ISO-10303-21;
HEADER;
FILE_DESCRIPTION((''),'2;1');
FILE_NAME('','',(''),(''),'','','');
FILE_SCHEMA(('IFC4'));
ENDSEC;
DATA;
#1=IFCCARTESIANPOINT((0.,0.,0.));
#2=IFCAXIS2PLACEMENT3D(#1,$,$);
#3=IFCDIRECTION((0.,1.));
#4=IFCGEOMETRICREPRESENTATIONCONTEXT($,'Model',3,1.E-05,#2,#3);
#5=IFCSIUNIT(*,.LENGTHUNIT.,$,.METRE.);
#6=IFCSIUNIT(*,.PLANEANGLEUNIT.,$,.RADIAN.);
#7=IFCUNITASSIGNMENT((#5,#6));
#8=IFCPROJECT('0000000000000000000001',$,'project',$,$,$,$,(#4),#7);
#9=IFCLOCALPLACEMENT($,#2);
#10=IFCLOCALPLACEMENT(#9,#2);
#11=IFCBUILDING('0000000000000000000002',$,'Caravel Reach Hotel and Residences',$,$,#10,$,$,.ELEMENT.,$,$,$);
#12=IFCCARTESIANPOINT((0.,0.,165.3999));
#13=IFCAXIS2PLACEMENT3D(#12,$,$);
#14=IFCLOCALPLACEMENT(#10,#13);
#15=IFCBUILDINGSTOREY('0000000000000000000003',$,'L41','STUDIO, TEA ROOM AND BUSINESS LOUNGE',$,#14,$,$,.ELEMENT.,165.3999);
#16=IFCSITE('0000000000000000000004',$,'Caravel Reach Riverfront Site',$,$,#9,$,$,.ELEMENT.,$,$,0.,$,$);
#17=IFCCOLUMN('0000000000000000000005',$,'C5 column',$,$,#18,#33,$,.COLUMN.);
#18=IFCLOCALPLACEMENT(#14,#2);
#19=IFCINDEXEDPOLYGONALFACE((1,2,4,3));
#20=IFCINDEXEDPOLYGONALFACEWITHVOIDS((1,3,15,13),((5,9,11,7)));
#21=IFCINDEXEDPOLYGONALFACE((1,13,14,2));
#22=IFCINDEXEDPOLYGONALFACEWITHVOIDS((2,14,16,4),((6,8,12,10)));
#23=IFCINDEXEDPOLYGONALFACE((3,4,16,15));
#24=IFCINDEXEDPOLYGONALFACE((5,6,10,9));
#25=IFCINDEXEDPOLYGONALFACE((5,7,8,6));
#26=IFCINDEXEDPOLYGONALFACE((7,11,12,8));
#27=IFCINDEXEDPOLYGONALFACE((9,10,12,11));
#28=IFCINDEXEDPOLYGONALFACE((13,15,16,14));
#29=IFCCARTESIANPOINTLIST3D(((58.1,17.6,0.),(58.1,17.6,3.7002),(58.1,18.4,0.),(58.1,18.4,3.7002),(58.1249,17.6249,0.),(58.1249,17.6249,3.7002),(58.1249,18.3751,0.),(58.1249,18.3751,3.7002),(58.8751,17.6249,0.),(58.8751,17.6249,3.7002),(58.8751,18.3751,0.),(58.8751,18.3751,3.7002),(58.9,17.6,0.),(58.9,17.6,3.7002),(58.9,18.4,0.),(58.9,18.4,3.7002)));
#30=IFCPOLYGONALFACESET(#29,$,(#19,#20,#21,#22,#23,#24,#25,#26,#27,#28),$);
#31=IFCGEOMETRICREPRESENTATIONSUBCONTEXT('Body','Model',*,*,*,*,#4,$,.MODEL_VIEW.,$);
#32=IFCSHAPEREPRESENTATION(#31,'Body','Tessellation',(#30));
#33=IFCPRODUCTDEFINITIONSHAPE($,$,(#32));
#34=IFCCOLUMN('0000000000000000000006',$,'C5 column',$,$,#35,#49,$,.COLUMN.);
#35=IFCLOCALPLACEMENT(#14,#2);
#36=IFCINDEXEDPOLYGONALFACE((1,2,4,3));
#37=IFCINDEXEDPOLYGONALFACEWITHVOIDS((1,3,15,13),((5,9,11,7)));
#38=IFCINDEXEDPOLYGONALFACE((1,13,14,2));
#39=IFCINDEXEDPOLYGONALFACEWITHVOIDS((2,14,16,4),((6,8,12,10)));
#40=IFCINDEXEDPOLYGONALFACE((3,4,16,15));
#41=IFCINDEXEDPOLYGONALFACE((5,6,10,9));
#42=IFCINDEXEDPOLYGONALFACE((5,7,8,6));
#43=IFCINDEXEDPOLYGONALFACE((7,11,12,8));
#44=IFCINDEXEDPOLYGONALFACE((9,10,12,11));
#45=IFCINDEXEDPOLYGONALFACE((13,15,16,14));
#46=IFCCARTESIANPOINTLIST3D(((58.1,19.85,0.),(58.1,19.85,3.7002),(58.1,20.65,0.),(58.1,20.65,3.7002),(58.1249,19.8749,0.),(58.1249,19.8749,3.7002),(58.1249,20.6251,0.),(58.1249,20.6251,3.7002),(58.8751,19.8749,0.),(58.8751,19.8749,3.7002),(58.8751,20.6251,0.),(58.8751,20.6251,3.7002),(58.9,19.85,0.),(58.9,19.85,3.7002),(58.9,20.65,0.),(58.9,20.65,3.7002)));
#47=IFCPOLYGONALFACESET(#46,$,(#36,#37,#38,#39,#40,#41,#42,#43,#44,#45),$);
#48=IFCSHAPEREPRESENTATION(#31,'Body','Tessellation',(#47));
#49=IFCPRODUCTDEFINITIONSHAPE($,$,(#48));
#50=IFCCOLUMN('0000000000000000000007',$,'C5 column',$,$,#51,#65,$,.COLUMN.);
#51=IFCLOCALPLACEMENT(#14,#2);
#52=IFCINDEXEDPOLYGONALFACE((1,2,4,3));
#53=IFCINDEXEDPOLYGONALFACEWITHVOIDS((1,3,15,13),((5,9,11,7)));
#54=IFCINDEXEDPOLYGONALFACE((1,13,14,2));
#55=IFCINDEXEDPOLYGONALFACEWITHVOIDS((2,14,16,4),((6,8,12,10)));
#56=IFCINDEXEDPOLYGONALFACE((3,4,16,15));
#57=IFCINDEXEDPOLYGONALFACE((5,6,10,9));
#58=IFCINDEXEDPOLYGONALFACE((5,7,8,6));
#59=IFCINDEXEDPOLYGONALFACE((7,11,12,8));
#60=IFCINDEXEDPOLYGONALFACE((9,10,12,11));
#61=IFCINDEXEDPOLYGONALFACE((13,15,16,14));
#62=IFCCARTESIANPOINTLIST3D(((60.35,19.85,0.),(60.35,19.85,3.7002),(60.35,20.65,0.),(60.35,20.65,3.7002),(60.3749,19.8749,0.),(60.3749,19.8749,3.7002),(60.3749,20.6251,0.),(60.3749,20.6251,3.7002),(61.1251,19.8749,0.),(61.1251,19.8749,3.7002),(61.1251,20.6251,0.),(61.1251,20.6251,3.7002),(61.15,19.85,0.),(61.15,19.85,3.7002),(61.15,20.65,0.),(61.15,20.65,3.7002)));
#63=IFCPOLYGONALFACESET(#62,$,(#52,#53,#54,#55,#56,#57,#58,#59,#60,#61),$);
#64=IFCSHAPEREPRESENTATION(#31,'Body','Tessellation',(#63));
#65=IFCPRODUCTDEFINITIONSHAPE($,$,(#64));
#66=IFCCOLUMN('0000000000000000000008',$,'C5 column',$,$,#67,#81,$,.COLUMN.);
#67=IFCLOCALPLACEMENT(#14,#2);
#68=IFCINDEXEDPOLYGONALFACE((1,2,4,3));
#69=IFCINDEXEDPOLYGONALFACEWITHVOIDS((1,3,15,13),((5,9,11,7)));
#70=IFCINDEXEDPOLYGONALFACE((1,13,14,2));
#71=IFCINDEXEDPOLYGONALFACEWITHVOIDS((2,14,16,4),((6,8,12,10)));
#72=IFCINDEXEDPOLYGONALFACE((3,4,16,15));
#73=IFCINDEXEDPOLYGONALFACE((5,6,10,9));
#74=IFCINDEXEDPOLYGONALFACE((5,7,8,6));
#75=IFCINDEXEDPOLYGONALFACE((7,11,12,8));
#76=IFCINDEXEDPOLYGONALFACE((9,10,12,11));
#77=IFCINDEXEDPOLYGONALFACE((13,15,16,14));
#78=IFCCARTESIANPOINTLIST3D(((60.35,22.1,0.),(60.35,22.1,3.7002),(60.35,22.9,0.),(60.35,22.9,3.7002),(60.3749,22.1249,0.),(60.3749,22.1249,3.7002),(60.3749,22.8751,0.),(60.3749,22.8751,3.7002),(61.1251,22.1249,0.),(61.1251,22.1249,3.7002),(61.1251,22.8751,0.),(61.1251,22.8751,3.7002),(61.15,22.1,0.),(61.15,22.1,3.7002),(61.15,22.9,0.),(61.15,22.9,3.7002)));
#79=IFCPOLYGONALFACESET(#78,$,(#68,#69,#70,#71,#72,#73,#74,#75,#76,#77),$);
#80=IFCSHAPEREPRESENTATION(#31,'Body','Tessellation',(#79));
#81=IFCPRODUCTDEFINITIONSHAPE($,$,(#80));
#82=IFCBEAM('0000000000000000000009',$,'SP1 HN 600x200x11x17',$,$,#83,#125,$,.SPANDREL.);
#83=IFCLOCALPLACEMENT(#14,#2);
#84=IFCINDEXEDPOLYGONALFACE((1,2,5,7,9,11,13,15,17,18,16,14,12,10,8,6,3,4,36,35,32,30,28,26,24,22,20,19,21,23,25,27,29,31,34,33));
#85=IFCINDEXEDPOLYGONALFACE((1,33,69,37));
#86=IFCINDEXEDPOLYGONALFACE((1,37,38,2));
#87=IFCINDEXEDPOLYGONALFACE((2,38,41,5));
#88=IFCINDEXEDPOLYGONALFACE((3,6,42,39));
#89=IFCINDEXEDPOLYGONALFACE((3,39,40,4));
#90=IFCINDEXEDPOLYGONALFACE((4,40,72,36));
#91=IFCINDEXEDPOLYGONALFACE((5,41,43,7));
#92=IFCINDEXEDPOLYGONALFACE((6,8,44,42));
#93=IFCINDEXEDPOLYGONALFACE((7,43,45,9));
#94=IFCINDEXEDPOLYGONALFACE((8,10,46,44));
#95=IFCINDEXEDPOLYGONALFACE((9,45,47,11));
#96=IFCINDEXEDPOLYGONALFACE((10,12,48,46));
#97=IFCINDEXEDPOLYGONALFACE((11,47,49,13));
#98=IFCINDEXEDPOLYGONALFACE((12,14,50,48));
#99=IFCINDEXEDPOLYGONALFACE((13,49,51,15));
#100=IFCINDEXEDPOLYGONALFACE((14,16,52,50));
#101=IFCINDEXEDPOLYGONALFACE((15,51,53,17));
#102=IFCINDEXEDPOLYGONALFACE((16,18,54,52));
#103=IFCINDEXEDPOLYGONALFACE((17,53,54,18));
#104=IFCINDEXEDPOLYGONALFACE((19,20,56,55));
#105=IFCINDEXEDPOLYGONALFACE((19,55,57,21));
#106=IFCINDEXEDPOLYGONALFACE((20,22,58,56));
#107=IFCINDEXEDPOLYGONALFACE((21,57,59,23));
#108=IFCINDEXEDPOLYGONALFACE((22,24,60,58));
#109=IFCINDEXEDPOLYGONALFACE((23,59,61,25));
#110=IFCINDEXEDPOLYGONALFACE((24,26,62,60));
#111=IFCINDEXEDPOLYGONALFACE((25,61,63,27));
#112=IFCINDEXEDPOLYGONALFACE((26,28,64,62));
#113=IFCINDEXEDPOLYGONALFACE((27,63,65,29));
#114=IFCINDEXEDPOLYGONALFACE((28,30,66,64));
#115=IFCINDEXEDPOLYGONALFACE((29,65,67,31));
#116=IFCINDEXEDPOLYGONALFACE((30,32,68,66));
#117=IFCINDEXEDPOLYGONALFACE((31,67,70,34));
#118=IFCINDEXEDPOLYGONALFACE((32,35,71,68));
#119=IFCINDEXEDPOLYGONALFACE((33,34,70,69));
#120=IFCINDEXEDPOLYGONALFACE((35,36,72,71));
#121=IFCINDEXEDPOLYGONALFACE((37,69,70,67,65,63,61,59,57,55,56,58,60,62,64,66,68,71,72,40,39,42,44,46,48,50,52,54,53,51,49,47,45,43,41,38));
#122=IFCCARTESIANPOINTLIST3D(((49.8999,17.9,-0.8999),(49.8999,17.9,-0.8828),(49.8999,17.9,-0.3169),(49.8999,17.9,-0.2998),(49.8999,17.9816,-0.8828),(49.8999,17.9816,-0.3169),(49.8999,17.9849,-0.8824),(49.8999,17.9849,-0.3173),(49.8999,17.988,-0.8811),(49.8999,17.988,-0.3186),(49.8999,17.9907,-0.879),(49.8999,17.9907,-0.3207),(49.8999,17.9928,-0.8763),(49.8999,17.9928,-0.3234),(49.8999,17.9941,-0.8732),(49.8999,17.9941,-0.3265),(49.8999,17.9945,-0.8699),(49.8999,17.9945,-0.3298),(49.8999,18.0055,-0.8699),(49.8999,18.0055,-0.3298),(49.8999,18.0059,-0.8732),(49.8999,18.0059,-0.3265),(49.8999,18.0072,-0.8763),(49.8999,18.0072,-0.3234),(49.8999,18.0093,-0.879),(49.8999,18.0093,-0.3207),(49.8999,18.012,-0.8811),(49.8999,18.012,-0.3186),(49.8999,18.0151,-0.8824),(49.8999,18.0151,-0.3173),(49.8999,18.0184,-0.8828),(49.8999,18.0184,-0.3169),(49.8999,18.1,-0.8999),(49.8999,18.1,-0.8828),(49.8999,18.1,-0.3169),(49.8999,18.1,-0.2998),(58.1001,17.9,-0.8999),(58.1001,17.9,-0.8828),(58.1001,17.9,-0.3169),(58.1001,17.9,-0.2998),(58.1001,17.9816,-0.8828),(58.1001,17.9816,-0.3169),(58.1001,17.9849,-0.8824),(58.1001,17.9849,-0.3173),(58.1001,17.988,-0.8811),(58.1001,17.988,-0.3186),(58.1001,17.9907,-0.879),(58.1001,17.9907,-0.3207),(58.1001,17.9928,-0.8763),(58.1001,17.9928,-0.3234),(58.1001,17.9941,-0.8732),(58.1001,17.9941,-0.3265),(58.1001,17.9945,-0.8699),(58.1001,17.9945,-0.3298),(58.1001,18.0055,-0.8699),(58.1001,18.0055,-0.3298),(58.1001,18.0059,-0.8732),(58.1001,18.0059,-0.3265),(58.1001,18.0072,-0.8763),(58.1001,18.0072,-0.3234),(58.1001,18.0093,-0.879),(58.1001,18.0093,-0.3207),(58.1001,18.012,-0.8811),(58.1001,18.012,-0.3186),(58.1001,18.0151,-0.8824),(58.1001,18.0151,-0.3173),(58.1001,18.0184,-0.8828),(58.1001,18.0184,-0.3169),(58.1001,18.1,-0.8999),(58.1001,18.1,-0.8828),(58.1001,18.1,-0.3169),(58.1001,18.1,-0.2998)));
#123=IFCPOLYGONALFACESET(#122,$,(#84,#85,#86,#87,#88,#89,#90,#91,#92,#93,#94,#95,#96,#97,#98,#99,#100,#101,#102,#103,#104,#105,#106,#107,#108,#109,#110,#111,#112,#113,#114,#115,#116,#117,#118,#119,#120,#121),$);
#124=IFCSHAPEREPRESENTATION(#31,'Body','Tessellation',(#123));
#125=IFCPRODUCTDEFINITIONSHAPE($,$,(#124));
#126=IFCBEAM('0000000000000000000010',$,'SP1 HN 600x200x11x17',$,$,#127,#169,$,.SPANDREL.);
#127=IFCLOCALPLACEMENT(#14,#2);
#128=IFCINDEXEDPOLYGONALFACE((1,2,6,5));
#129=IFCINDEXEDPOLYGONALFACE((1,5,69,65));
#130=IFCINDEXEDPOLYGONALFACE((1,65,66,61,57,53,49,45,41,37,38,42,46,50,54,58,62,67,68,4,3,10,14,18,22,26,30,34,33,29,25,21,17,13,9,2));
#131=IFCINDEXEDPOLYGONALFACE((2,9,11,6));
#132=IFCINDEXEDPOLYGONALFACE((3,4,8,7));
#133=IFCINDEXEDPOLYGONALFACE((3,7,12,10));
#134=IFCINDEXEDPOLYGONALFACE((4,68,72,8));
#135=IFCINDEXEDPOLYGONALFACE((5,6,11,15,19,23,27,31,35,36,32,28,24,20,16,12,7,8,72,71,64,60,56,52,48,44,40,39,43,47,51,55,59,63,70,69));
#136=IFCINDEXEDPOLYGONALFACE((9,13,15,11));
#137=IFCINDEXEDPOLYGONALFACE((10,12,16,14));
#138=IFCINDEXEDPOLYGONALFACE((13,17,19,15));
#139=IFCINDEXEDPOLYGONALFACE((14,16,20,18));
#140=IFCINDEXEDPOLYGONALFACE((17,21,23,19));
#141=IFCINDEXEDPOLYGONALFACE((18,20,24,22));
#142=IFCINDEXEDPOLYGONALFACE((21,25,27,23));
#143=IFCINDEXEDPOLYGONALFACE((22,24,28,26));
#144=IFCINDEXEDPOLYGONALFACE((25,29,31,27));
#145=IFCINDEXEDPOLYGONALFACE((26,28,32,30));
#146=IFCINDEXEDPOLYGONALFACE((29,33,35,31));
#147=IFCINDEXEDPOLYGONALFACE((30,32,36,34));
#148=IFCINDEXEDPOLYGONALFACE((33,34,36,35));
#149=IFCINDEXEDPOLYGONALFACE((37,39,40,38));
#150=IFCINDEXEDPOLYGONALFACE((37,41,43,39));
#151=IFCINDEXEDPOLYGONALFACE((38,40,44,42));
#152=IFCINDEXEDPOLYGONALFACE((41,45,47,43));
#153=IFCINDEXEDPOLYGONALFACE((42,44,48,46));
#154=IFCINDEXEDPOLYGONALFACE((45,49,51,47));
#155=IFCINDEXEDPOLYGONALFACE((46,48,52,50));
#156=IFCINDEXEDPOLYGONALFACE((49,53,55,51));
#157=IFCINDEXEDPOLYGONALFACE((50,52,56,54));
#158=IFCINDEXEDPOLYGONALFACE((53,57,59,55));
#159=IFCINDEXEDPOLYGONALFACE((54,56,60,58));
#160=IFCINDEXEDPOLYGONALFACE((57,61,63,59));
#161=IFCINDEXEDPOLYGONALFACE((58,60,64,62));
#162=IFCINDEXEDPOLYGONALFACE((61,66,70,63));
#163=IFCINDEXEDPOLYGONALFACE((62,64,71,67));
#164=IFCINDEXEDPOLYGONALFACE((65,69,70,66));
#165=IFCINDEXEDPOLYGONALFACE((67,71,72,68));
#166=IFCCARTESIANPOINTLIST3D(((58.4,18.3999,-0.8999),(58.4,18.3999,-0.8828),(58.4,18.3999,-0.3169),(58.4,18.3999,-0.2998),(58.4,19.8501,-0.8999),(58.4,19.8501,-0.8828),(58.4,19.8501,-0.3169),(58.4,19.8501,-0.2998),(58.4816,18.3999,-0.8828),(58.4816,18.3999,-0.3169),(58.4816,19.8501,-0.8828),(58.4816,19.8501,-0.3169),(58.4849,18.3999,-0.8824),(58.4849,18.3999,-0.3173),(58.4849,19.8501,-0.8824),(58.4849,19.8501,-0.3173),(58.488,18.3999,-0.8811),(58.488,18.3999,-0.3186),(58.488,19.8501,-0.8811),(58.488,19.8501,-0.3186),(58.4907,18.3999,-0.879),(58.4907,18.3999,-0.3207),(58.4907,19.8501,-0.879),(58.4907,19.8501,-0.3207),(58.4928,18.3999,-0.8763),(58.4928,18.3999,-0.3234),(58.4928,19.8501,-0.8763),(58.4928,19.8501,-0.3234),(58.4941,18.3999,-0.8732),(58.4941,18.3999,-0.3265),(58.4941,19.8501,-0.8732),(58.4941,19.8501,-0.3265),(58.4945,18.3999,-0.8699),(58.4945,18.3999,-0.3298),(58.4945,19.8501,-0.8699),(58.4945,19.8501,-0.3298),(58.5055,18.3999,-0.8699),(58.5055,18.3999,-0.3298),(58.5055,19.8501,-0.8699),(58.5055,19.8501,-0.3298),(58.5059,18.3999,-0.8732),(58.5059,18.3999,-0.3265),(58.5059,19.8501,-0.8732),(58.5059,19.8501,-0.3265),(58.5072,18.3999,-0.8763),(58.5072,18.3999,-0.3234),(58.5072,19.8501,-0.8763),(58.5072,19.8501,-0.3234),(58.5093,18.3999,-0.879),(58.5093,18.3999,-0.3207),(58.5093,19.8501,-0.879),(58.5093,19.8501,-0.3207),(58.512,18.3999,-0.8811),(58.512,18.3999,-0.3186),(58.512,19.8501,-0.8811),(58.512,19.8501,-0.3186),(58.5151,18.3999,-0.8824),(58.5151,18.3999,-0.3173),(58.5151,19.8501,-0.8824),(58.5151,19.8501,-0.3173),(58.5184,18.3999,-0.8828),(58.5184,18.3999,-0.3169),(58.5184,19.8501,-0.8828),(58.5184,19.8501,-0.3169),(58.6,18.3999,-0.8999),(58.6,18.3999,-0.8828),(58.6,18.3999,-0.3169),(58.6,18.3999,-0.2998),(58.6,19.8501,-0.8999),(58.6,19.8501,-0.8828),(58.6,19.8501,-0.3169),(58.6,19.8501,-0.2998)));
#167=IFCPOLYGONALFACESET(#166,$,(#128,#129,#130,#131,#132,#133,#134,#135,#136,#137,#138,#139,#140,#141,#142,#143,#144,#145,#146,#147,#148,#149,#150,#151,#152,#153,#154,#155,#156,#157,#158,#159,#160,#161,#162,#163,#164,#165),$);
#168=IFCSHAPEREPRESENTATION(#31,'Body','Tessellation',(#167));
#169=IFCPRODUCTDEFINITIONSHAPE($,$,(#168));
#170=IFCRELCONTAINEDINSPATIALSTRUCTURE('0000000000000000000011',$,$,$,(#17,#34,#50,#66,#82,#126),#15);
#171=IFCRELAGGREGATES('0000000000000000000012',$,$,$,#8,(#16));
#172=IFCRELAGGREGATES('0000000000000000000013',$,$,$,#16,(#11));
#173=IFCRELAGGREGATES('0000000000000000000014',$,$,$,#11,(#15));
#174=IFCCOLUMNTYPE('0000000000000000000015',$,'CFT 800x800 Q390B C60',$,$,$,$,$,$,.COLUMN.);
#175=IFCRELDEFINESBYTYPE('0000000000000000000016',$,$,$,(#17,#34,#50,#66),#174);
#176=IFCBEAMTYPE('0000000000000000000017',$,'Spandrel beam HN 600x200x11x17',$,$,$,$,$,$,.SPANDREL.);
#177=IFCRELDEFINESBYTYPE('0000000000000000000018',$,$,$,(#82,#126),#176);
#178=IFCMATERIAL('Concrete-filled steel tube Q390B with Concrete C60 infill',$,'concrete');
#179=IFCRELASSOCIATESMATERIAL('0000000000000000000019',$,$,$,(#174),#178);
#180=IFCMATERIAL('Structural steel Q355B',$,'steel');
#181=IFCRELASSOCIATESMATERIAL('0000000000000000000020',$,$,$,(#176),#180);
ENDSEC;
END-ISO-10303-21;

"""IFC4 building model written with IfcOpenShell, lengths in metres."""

from ifc_helpers import new_model, si_unit, direction, frame, origin, origin_2d, place, context, subcontext, project, spatial, hollow_rectangle, i_section, extrude, material, material_profile, profile_set, type_object, element, save


model = new_model("IFC4")

# Units and contexts
model_context = context("Model", 3, precision=1e-05, world=origin(), true_north=direction((0.0, 1.0)))
body_context = subcontext(model_context, "Body", "Model", "MODEL_VIEW")
ifc_project = project(units=[si_unit("LENGTHUNIT", "METRE"), si_unit("PLANEANGLEUNIT", "RADIAN")], contexts=[model_context])

# Site, building, storey
site_placement = place(None, origin())
site = spatial("IfcSite", under=ifc_project, at=site_placement, Name="Caravel Reach Riverfront Site", CompositionType="ELEMENT", RefElevation=0.0)
building_placement = place(site_placement, origin())
building = spatial("IfcBuilding", under=site, at=building_placement, Name="Caravel Reach Hotel and Residences", CompositionType="ELEMENT")
storey_placement = place(building_placement, frame((0.0, 0.0, 165.3999)))
storey = spatial("IfcBuildingStorey", under=building, at=storey_placement, Name="L41", Description="STUDIO, TEA ROOM AND BUSINESS LOUNGE", CompositionType="ELEMENT", Elevation=165.3999)

# Columns
ifc_material_1 = material(Name="Concrete-filled steel tube Q390B with Concrete C60 infill", Category="concrete")
ifc_material_profile_1 = material_profile(ifc_material_1, hollow_rectangle(XDim=0.8, YDim=0.8, WallThickness=0.0249, at=origin_2d()), Name="RHS 800x800x25")
ifc_profile_set_1 = profile_set([ifc_material_profile_1], Name="Concrete-filled steel tube Q390B with Concrete C60 infill")
column_type = type_object("IfcColumnType", Name="CFT 800x800 Q390B C60", PredefinedType="COLUMN", material=ifc_profile_set_1)
for number, where, z_axis, x_axis, name in (
    (1, (58.5, 18.0, 0.0), (0.0, 0.0, 1.0), (1.0, 0.0, 0.0), "C5 column"),
    (2, (58.5, 20.25, 0.0), (0.0, 0.0, 1.0), (1.0, 0.0, 0.0), "C5 column"),
    (3, (60.75, 20.25, 0.0), (0.0, 0.0, 1.0), (1.0, 0.0, 0.0), "C5 column"),
    (4, (60.75, 22.5, 0.0), (0.0, 0.0, 1.0), (1.0, 0.0, 0.0), "C5 column"),
):
    element("IfcColumn", number, at=place(storey_placement, frame(where, z_axis=z_axis, x_axis=x_axis)), inside=storey, type_object=column_type, Name=name, PredefinedType="COLUMN", context=body_context, shape_type="SweptSolid", body=[
        extrude(hollow_rectangle(XDim=0.8, YDim=0.8, WallThickness=0.0249, at=origin_2d()), origin(), (0.0, 0.0, 1.0), 3.7002),
    ])

# Beams
ifc_material_2 = material(Name="Structural steel Q355B", Category="steel")
ifc_material_profile_2 = material_profile(ifc_material_2, i_section(OverallWidth=0.2, OverallDepth=0.6001, WebThickness=0.011, FlangeThickness=0.0171, FilletRadius=0.0129, at=origin_2d()), Name="HN 600x200x11x17")
ifc_profile_set_2 = profile_set([ifc_material_profile_2], Name="Structural steel Q355B")
beam_type = type_object("IfcBeamType", Name="Spandrel beam HN 600x200x11x17", PredefinedType="SPANDREL", material=ifc_profile_set_2)
beam_placement = place(storey_placement, frame((49.8999, 18.0, -0.5999), z_axis=(1.0, 0.0, 0.0), x_axis=(0.0, 1.0, 0.0)))
element("IfcBeam", 5, at=beam_placement, inside=storey, type_object=beam_type, Name="SP1 HN 600x200x11x17", PredefinedType="SPANDREL", context=body_context, shape_type="SweptSolid", body=[
    extrude(i_section(OverallWidth=0.2, OverallDepth=0.6001, WebThickness=0.011, FlangeThickness=0.0171, FilletRadius=0.0129, at=origin_2d()), origin(), (0.0, 0.0, 1.0), 8.2002),
])
for number, where, z_axis, x_axis, name in (
    (6, (58.5, 18.3999, -0.5999), (0.0, 1.0, 0.0), (-1.0, 0.0, 0.0), "SP1 HN 600x200x11x17"),
):
    element("IfcBeam", number, at=place(storey_placement, frame(where, z_axis=z_axis, x_axis=x_axis)), inside=storey, type_object=beam_type, Name=name, PredefinedType="SPANDREL", context=body_context, shape_type="SweptSolid", body=[
        extrude(i_section(OverallWidth=0.2, OverallDepth=0.6001, WebThickness=0.011, FlangeThickness=0.0171, FilletRadius=0.0129, at=origin_2d()), origin(), (0.0, 0.0, 1.0), 1.4502),
    ])

save(model, "model.ifc")
